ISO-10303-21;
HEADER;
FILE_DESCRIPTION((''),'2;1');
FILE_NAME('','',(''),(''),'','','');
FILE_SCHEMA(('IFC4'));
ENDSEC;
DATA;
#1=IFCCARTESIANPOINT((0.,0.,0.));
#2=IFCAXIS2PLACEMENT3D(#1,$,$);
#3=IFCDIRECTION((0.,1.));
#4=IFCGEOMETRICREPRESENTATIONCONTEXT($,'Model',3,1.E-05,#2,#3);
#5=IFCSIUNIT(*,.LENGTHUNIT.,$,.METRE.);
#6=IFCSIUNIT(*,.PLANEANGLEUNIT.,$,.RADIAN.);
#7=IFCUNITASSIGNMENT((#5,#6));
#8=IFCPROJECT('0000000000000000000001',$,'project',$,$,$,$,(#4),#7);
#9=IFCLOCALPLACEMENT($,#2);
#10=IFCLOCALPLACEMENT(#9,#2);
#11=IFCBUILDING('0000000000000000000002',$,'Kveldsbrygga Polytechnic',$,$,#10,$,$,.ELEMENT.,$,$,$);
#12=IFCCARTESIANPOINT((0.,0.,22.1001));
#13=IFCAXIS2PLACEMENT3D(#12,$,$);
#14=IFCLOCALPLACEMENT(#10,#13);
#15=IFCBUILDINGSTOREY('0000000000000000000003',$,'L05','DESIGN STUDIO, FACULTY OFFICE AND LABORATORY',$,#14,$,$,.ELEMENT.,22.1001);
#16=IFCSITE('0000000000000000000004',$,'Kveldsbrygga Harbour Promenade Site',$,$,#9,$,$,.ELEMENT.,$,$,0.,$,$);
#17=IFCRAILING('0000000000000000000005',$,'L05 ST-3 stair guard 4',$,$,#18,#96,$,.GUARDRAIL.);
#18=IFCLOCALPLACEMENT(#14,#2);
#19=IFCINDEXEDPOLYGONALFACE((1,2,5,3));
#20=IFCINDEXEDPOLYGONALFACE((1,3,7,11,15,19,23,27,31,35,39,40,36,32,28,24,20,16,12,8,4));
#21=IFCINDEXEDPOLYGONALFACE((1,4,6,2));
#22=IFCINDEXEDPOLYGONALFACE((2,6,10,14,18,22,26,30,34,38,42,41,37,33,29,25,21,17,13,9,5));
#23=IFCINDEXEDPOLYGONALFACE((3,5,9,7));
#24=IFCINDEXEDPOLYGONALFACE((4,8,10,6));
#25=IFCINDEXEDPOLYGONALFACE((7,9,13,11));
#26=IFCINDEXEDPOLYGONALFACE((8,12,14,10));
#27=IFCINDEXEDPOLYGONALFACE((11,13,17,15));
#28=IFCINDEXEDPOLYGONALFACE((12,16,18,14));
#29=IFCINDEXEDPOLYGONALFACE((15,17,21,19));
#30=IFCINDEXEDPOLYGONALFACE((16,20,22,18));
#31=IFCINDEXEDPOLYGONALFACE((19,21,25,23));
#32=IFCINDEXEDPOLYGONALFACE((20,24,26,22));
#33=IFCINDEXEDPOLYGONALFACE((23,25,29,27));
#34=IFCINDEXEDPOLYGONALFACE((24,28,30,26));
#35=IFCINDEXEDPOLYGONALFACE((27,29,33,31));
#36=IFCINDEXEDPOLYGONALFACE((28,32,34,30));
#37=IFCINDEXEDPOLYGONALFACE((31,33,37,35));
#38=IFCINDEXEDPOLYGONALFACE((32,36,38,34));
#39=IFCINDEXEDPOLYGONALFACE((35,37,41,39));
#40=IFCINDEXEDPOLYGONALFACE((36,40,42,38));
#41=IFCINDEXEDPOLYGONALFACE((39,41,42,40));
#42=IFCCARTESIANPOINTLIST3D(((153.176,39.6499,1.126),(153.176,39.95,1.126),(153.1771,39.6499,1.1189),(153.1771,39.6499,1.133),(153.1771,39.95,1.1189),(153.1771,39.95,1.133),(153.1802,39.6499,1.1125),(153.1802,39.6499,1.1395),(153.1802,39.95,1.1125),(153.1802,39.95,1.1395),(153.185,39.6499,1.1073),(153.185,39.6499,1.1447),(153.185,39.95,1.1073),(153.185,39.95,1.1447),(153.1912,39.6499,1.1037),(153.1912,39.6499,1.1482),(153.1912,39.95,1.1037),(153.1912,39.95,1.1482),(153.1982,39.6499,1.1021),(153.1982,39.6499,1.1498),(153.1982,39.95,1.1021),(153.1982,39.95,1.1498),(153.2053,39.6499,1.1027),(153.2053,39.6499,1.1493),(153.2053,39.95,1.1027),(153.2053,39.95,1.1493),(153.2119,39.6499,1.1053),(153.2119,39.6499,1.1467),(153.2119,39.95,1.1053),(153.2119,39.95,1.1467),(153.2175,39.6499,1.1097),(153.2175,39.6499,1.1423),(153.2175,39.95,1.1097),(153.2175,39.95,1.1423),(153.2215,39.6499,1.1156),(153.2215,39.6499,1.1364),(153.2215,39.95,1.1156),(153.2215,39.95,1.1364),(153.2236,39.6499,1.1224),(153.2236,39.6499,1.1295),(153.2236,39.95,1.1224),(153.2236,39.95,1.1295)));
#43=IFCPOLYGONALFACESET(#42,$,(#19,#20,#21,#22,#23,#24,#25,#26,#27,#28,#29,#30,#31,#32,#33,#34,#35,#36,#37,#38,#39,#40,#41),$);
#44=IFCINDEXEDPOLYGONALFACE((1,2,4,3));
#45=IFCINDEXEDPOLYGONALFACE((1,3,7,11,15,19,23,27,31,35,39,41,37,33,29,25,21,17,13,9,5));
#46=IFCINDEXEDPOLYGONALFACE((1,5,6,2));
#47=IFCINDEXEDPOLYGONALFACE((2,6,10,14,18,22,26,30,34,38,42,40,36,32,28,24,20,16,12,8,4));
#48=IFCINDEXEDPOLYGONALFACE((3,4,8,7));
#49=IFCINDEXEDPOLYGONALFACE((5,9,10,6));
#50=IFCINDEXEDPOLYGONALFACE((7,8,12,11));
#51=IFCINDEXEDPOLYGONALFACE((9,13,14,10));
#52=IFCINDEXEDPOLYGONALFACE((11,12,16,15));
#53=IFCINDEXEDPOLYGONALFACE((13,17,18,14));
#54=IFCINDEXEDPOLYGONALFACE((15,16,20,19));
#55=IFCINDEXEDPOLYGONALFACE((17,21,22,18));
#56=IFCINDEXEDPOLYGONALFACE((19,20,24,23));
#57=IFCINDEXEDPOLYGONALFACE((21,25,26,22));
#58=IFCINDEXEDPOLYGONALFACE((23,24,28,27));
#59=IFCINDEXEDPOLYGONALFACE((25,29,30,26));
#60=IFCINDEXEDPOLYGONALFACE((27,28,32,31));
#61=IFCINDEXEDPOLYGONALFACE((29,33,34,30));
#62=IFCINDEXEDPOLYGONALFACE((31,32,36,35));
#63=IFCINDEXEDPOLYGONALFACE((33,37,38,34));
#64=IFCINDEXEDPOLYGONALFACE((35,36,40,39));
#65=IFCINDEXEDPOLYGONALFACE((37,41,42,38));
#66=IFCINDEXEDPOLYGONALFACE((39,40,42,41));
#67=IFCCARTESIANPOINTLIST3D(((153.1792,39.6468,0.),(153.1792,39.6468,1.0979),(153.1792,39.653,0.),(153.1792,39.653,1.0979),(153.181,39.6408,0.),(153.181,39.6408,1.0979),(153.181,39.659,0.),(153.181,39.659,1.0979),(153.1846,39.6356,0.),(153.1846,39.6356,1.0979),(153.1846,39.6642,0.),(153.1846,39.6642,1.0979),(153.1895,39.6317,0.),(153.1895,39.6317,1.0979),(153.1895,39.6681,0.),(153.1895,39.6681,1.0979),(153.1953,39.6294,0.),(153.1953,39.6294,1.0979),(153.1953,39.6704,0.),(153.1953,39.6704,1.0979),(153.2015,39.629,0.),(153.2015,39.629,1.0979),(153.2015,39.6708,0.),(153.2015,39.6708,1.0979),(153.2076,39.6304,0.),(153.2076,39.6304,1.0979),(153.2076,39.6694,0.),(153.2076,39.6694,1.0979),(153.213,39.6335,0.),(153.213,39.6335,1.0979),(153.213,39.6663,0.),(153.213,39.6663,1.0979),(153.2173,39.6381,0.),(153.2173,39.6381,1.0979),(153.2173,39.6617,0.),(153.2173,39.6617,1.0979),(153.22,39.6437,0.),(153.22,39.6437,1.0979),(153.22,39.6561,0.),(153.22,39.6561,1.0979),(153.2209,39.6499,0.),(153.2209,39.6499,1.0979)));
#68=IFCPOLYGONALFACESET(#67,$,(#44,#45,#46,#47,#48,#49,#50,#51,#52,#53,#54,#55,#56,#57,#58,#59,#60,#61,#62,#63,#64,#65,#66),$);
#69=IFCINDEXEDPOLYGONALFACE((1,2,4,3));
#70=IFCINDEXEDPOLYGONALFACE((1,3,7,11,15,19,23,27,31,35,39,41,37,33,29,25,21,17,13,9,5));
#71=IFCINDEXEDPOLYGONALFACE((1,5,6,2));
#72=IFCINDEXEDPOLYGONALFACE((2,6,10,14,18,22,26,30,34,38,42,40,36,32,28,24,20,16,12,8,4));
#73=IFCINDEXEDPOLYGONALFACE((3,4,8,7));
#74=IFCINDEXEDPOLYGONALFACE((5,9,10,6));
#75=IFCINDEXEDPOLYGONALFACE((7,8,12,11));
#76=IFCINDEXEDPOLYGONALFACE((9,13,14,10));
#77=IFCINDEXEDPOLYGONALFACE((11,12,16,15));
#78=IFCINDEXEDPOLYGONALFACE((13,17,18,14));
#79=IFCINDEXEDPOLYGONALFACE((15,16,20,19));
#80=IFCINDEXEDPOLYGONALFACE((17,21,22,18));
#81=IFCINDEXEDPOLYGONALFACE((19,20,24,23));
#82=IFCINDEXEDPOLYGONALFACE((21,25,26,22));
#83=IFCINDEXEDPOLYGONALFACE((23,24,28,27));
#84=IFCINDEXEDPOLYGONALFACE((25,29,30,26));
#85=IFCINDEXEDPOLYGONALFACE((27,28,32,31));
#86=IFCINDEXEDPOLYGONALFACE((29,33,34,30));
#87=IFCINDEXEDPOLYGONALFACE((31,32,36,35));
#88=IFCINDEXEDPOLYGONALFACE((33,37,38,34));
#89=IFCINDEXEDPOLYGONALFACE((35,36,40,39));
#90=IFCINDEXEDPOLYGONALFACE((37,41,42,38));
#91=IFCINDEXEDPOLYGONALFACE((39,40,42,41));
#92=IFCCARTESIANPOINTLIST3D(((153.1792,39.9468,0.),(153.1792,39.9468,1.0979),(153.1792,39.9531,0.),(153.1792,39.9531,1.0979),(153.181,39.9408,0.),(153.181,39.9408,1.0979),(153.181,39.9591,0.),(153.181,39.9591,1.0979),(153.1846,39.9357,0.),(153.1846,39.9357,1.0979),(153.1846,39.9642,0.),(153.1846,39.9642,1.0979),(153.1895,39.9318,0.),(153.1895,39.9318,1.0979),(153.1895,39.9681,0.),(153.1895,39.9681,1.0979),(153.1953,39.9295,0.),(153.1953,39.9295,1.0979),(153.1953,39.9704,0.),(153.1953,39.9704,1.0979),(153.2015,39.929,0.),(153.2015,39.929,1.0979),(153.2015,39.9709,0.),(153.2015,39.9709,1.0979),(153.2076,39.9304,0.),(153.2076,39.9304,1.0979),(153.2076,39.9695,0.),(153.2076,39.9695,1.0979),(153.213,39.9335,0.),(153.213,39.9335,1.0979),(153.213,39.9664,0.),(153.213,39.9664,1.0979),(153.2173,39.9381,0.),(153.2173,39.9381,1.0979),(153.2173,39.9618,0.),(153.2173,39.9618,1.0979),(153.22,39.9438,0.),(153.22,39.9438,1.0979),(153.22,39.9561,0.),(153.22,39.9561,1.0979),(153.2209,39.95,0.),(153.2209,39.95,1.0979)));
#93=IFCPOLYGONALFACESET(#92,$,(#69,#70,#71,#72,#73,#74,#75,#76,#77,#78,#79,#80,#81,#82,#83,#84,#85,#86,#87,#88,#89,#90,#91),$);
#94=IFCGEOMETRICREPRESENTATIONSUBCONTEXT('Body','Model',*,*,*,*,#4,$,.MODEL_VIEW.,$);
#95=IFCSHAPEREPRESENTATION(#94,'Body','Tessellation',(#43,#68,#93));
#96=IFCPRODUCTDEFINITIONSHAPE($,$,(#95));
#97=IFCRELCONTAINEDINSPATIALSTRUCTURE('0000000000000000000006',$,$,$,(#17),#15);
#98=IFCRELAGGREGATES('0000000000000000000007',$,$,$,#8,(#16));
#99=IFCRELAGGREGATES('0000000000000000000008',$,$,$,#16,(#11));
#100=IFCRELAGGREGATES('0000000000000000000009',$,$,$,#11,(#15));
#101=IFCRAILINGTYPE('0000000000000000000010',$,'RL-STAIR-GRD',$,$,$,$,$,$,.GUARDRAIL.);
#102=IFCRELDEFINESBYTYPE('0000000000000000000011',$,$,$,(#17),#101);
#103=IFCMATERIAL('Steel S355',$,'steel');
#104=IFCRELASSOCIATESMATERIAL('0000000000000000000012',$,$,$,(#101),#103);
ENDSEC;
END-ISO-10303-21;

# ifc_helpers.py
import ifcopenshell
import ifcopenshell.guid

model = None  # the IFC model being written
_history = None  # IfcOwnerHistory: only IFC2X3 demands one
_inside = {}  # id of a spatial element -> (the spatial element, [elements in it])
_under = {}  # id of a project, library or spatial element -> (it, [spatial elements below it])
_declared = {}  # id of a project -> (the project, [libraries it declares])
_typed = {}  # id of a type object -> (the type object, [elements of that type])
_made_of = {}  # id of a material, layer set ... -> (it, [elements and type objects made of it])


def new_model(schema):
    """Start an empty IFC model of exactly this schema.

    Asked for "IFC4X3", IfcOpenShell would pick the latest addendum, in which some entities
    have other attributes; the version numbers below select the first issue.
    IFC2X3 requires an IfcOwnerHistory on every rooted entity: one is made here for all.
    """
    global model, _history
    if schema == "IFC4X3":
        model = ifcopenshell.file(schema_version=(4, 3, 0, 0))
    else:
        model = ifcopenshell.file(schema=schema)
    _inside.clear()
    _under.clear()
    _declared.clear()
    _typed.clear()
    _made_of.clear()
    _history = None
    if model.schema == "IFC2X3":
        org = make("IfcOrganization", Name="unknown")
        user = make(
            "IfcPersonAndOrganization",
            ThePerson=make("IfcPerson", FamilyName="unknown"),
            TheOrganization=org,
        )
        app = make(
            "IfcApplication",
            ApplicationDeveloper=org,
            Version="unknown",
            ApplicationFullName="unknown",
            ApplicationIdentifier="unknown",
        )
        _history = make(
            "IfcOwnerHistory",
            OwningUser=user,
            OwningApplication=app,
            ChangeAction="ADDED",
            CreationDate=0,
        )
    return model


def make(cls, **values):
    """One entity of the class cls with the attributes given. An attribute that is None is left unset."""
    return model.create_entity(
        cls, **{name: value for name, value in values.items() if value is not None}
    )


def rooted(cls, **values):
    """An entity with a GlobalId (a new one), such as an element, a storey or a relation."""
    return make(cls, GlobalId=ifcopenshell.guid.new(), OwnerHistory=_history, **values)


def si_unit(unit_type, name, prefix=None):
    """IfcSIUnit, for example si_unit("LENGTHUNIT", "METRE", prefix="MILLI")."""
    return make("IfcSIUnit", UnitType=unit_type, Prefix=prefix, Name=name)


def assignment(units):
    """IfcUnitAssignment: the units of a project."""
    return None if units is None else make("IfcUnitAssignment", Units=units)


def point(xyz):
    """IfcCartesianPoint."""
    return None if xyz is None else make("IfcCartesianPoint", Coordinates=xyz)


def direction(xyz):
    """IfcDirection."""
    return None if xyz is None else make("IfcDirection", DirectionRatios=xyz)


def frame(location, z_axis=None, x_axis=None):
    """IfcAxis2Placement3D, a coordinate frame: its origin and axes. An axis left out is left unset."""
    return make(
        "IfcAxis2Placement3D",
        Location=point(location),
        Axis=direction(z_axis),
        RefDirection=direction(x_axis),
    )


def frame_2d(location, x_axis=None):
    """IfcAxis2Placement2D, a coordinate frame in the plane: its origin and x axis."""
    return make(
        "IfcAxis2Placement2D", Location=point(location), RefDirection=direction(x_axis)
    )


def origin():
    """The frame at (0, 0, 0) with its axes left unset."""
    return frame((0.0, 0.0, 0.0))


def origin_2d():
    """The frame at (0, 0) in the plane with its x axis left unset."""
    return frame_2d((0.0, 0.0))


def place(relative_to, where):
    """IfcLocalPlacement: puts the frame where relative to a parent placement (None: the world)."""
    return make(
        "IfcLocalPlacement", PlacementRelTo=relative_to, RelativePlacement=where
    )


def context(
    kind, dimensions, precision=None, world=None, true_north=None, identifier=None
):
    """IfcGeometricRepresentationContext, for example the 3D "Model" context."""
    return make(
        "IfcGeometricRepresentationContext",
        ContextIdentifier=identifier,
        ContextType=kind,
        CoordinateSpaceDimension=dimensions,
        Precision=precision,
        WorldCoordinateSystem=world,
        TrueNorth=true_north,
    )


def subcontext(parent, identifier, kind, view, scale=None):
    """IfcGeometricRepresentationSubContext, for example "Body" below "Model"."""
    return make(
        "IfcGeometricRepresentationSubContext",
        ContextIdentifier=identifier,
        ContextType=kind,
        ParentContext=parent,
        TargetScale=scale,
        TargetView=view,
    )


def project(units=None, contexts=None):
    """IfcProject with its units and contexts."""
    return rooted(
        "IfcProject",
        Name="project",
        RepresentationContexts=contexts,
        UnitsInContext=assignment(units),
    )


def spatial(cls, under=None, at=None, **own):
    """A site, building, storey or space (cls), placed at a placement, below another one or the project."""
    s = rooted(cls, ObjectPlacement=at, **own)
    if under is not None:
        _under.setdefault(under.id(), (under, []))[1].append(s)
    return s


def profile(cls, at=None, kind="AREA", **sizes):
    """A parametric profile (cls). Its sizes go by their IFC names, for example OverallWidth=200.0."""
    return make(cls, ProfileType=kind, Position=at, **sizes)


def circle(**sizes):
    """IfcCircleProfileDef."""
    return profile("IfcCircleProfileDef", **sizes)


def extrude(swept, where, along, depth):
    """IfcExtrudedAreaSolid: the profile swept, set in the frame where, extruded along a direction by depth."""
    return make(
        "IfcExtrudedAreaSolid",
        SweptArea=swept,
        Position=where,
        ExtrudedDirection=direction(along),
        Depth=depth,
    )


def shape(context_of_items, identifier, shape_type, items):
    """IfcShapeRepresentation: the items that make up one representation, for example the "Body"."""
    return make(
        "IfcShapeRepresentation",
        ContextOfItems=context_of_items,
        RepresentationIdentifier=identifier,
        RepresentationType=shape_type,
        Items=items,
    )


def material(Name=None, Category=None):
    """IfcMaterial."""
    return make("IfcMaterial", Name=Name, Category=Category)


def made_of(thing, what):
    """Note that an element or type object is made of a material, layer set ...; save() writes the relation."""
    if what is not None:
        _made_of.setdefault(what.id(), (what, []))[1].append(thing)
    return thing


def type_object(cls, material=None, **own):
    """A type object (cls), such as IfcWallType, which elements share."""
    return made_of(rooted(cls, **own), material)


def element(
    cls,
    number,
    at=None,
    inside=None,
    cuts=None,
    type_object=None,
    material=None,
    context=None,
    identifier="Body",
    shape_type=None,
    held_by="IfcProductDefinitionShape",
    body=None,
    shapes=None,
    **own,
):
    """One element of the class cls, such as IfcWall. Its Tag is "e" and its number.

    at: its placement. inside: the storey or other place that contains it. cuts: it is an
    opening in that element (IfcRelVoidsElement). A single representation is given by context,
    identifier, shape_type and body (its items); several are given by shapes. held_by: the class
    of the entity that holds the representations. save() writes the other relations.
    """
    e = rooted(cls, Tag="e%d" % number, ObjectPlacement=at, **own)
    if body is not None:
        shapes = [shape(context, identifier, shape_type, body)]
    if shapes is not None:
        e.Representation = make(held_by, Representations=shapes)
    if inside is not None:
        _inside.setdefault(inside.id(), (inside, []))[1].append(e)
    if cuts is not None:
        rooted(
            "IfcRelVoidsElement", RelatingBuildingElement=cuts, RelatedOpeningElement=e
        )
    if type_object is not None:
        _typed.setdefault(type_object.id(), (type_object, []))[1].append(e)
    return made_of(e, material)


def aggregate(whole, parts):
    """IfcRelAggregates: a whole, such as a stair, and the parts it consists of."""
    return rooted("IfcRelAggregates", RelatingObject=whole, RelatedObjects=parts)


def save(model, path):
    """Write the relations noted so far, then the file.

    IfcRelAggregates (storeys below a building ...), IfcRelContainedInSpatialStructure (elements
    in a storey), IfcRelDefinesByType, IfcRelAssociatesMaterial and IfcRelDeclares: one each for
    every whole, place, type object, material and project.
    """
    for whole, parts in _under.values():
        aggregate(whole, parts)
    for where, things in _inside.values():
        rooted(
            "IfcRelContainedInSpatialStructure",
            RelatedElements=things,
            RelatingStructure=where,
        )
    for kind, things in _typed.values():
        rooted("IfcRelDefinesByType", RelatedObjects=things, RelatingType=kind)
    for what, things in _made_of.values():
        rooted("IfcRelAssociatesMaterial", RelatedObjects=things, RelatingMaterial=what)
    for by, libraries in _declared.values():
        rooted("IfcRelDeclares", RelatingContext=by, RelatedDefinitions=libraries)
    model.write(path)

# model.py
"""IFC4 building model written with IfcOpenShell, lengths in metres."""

from ifc_helpers import new_model, si_unit, direction, frame, origin, origin_2d, place, context, subcontext, project, spatial, circle, extrude, material, type_object, element, save


model = new_model("IFC4")

# Units and contexts
model_context = context("Model", 3, precision=1e-05, world=origin(), true_north=direction((0.0, 1.0)))
body_context = subcontext(model_context, "Body", "Model", "MODEL_VIEW")
ifc_project = project(units=[si_unit("LENGTHUNIT", "METRE"), si_unit("PLANEANGLEUNIT", "RADIAN")], contexts=[model_context])

# Site, building, storey
site_placement = place(None, origin())
site = spatial("IfcSite", under=ifc_project, at=site_placement, Name="Kveldsbrygga Harbour Promenade Site", CompositionType="ELEMENT", RefElevation=0.0)
building_placement = place(site_placement, origin())
building = spatial("IfcBuilding", under=site, at=building_placement, Name="Kveldsbrygga Polytechnic", CompositionType="ELEMENT")
storey_placement = place(building_placement, frame((0.0, 0.0, 22.1001)))
storey = spatial("IfcBuildingStorey", under=building, at=storey_placement, Name="L05", Description="DESIGN STUDIO, FACULTY OFFICE AND LABORATORY", CompositionType="ELEMENT", Elevation=22.1001)

# Shared definitions
ifc_material_1 = material(Name="Steel S355", Category="steel")

# Railing
railing_type_1 = type_object("IfcRailingType", Name="RL-STAIR-GRD", PredefinedType="GUARDRAIL", material=ifc_material_1)
railing_1_placement = place(storey_placement, frame((153.2, 39.6499, 0.0)))
element("IfcRailing", 1, at=railing_1_placement, inside=storey, type_object=railing_type_1, Name="L05 ST-3 stair guard 4", PredefinedType="GUARDRAIL", context=body_context, shape_type="SweptSolid", body=[
    extrude(circle(Radius=0.0239, at=origin_2d()), frame((0.0, 0.0, 1.126), z_axis=(0.0, 1.0, 0.0), x_axis=(-1.0, 0.0, 0.0)), (0.0, 0.0, 1.0), 0.3),
    extrude(circle(Radius=0.021, at=origin_2d()), origin(), (0.0, 0.0, 1.0), 1.0979),
    extrude(circle(Radius=0.021, at=origin_2d()), frame((0.0, 0.3, 0.0)), (0.0, 0.0, 1.0), 1.0979),
])

save(model, "model.ifc")
